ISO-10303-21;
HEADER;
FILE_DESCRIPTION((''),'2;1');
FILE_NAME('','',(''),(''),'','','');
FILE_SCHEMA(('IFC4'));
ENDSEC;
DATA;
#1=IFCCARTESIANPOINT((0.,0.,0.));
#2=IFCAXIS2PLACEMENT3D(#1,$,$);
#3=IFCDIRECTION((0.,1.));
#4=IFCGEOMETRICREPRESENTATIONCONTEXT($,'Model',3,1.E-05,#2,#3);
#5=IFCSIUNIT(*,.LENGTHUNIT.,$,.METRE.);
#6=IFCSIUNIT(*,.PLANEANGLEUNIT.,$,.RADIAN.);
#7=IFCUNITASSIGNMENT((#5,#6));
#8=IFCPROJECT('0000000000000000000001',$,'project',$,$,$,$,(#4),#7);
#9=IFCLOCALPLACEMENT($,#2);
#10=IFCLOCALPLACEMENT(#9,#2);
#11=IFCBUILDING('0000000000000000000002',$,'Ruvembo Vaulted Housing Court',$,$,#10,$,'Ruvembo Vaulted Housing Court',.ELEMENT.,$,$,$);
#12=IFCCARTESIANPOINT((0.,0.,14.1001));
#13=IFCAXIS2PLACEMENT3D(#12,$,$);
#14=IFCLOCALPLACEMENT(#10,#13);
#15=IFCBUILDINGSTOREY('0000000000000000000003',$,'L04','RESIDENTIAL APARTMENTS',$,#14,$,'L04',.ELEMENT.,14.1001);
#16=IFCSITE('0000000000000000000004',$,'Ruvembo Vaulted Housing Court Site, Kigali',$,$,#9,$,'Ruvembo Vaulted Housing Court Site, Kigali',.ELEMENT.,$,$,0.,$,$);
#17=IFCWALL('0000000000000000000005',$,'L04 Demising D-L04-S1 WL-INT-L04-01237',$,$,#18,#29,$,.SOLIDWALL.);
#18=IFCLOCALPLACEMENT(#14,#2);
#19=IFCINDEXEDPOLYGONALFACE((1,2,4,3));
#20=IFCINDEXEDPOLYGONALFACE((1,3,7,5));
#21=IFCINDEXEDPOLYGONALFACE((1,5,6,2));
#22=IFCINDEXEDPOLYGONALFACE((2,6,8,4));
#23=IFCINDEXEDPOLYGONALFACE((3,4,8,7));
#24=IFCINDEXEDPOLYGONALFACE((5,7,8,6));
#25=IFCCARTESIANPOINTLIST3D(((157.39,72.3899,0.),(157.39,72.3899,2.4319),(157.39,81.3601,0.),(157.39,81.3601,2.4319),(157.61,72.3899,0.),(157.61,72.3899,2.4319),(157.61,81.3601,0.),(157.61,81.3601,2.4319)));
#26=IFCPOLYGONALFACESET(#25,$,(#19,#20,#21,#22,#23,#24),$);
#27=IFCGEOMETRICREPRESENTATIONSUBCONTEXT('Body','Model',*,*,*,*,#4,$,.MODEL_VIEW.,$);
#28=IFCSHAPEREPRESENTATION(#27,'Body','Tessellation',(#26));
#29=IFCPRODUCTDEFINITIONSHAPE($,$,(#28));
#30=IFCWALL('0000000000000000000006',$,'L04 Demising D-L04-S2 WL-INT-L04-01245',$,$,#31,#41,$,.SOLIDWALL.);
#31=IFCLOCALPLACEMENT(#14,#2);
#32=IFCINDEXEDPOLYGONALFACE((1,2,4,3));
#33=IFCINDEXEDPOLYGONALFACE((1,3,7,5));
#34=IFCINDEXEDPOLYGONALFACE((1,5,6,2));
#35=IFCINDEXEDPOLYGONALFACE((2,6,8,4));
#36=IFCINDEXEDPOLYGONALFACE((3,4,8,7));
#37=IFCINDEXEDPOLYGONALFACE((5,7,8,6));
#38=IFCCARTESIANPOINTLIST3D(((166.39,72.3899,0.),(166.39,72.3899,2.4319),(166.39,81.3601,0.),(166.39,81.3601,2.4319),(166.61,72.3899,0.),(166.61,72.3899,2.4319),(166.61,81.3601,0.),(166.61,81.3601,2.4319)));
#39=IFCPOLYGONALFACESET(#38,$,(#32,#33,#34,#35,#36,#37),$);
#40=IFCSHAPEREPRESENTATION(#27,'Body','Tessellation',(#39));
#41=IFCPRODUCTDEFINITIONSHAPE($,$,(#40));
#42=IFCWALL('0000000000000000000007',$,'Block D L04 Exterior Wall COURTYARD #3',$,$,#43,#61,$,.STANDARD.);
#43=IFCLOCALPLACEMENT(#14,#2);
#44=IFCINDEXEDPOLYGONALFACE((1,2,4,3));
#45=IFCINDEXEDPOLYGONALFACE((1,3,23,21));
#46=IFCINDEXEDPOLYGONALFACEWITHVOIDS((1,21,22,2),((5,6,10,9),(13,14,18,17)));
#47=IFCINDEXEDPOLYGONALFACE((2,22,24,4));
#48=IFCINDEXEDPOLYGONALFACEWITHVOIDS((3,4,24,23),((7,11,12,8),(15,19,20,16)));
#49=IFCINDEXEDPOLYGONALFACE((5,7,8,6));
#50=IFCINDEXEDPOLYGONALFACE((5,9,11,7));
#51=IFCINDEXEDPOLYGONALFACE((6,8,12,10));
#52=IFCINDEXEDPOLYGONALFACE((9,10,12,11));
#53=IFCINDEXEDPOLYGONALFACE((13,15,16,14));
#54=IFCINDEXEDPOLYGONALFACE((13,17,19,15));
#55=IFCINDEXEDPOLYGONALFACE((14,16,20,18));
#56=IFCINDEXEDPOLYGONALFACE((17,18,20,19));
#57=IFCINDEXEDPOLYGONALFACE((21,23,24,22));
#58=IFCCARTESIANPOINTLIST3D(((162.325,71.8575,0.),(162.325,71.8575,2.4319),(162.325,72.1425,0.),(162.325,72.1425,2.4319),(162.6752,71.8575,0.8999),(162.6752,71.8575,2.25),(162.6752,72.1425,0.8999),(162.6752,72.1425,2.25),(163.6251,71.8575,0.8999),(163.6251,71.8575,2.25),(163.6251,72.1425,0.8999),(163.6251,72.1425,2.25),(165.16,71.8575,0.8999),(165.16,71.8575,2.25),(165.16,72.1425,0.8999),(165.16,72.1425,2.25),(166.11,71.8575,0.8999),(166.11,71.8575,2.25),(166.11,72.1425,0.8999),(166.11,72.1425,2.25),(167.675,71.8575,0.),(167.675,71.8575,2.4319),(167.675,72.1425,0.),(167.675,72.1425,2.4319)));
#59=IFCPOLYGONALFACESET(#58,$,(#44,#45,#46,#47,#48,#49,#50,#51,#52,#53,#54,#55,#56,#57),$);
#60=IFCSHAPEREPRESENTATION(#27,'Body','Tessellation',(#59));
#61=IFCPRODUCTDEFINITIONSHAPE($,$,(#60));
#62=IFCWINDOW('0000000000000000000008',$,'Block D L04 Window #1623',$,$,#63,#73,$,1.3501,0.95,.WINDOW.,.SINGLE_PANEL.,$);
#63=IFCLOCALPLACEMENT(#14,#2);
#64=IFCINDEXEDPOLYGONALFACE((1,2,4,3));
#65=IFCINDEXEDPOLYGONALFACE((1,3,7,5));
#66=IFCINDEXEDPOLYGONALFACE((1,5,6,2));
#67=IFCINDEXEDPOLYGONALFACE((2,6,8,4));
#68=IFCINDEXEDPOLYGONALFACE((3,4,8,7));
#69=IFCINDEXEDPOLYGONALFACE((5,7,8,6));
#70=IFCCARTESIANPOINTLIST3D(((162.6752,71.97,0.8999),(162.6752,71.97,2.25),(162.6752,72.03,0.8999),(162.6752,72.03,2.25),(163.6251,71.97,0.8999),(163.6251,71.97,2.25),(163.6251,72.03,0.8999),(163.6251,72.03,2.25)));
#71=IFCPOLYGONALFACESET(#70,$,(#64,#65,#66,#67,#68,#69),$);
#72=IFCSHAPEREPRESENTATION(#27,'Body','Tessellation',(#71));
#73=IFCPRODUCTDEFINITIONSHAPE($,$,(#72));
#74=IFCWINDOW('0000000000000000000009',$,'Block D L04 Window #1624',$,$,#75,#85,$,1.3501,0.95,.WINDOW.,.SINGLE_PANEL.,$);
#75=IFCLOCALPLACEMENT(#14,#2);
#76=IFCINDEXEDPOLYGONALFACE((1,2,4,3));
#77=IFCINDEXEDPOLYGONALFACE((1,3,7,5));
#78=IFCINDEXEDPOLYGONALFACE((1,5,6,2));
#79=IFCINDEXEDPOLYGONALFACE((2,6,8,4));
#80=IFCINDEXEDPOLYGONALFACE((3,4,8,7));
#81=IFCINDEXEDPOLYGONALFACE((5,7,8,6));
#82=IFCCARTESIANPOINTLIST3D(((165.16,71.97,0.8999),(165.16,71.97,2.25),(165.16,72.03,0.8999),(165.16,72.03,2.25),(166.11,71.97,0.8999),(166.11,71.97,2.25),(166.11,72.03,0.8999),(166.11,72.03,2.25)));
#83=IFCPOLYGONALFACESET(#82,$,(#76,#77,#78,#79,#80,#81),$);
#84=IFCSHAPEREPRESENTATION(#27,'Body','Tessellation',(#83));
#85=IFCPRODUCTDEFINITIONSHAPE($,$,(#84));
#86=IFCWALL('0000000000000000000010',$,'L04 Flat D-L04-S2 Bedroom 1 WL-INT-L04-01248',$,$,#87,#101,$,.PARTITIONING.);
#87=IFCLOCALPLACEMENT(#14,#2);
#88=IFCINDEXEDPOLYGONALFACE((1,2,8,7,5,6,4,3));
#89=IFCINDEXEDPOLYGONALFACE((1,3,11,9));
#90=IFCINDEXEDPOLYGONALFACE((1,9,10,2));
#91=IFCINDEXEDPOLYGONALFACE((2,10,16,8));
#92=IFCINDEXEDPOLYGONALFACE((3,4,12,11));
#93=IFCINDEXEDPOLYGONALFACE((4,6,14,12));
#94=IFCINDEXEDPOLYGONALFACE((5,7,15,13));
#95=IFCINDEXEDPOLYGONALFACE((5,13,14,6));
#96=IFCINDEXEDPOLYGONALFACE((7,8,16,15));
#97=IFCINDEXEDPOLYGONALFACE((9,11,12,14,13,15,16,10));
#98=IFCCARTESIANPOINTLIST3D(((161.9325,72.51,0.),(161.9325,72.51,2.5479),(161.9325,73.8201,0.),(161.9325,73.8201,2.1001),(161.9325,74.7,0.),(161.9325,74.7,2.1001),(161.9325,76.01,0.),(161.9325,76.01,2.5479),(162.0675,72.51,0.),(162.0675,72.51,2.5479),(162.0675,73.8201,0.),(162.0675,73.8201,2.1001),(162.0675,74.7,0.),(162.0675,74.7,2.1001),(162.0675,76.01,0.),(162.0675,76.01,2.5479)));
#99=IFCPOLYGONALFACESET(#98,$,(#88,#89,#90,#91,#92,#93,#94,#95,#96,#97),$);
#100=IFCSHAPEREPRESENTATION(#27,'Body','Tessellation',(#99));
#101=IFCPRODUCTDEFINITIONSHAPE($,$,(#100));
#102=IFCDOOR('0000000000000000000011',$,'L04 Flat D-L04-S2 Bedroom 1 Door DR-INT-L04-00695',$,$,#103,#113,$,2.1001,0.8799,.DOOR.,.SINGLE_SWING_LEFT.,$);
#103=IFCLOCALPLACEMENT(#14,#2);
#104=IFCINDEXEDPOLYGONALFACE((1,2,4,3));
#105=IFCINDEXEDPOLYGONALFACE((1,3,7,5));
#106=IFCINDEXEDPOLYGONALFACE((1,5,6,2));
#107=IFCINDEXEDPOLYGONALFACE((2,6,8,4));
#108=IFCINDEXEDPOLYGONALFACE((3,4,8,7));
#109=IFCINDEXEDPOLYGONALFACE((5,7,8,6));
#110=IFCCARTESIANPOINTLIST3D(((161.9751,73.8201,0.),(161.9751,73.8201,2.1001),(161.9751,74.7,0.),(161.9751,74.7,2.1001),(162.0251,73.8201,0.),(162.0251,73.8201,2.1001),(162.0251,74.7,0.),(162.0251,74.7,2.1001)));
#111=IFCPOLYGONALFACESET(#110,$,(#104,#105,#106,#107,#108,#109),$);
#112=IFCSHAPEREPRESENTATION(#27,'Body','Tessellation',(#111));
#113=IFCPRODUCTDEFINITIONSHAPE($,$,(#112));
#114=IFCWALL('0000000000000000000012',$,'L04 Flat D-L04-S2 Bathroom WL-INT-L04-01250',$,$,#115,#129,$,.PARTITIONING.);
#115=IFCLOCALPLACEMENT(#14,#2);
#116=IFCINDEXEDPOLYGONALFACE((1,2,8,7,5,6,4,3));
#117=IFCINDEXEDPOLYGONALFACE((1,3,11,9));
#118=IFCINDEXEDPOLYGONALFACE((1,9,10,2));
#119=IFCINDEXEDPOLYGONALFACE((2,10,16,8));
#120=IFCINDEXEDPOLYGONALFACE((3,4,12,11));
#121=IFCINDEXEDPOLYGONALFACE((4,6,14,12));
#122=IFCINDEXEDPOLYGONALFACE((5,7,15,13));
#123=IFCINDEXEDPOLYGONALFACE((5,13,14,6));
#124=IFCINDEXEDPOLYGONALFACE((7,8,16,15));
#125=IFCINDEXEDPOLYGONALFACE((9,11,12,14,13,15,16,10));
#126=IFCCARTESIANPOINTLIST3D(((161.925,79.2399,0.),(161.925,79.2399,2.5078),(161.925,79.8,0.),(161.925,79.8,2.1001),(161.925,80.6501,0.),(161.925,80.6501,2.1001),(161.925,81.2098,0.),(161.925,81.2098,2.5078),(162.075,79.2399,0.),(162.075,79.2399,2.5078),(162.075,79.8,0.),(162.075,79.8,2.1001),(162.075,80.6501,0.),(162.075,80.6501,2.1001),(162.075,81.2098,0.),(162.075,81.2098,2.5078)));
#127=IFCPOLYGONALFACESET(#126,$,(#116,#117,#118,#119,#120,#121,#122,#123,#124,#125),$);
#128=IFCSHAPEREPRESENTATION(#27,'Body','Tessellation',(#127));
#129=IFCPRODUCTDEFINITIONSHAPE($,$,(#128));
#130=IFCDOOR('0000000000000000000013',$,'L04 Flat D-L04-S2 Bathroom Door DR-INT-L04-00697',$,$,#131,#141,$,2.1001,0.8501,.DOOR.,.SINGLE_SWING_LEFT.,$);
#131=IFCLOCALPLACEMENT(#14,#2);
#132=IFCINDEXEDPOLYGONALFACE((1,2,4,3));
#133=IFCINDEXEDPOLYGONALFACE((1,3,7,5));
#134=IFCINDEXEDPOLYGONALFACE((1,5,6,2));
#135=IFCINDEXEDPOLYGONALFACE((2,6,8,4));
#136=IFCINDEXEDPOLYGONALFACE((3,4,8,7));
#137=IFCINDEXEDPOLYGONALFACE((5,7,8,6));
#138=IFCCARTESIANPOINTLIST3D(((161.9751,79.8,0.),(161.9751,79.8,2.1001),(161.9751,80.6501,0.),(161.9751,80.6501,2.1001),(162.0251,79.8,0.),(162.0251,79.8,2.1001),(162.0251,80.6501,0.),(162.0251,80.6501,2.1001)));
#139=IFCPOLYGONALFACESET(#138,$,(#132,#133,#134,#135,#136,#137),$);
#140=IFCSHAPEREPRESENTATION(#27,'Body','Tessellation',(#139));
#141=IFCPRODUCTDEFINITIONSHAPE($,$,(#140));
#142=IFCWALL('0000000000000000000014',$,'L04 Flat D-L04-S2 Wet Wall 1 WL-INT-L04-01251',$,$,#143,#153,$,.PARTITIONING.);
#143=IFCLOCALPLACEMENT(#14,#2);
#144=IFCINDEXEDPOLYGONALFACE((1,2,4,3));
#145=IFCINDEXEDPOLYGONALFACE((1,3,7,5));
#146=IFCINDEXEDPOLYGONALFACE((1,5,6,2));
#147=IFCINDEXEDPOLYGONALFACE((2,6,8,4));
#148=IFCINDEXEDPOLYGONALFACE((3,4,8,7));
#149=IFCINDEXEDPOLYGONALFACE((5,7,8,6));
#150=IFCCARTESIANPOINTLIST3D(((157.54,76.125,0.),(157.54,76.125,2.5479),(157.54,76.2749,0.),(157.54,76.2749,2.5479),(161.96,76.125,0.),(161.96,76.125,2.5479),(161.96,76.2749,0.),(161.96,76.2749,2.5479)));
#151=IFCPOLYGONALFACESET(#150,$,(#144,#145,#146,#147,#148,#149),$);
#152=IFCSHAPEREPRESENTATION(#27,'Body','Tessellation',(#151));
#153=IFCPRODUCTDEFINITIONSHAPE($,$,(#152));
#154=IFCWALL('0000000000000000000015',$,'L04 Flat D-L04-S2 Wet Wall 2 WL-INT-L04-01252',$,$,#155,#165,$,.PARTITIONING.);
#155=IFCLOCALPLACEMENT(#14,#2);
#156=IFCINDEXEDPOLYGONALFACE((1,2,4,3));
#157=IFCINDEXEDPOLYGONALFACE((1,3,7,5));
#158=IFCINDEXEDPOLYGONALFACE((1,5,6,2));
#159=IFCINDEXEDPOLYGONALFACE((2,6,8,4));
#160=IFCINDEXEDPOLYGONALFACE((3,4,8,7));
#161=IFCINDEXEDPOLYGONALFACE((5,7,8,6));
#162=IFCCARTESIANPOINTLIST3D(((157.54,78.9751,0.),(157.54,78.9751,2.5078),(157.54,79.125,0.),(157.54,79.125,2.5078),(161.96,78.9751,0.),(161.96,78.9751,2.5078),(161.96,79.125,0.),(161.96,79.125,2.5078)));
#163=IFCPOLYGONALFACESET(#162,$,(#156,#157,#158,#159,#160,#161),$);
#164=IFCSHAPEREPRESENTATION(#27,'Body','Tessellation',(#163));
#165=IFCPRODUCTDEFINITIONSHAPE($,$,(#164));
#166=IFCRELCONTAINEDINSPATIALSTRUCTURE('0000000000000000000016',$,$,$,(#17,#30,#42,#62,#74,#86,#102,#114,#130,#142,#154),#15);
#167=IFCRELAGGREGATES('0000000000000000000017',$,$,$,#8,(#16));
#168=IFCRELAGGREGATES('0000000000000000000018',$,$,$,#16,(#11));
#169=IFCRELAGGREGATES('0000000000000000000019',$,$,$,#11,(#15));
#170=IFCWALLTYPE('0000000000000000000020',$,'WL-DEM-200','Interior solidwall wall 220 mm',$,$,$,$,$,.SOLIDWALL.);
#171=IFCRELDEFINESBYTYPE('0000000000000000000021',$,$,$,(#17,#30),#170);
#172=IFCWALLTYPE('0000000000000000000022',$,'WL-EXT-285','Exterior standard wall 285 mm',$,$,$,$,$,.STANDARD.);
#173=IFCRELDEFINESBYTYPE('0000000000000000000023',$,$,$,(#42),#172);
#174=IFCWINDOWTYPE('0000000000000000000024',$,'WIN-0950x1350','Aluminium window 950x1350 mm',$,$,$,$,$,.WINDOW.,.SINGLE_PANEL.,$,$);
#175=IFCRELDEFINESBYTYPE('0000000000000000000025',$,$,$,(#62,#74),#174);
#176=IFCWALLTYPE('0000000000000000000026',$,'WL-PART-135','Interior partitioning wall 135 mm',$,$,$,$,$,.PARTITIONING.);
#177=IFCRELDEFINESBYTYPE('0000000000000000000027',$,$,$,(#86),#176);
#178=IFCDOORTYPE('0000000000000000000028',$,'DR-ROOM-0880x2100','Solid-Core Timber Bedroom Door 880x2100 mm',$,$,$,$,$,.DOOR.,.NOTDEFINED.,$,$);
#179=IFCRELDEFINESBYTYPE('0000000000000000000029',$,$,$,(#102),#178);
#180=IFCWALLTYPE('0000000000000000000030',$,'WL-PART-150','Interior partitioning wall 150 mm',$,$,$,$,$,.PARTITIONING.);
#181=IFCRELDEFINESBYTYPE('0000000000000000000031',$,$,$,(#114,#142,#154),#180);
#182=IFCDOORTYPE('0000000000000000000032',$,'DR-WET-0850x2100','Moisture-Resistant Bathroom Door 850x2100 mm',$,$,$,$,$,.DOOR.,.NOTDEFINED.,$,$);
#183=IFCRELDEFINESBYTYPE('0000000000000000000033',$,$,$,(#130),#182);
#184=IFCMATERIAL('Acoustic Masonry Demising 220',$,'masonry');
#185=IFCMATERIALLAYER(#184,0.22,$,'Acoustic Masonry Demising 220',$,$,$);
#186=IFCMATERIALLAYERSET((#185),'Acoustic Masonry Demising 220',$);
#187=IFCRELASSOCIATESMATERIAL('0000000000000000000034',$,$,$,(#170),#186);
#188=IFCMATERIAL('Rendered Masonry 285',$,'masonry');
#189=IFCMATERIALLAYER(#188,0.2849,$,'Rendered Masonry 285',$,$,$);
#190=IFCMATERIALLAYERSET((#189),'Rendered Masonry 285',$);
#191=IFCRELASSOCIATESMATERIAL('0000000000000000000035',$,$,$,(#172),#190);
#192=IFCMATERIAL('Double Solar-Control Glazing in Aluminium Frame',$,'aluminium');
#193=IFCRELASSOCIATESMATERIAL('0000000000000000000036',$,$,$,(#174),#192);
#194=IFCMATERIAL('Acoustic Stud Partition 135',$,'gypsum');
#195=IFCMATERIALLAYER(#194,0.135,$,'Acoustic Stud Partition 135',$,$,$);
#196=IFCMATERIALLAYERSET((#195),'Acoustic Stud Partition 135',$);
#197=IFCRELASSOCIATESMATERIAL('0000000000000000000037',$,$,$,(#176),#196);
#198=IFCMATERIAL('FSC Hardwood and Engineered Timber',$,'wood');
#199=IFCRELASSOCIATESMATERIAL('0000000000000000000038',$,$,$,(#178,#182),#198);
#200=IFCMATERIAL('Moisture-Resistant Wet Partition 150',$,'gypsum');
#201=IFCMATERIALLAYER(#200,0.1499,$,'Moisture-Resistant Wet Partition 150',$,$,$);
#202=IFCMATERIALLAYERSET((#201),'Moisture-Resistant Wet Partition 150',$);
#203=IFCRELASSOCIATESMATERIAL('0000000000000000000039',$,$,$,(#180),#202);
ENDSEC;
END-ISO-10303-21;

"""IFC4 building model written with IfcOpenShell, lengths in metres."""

from ifc_helpers import new_model, si_unit, direction, frame, frame_2d, origin, place, context, subcontext, project, spatial, rectangle, extrude, material, layer, layer_set, type_object, element, fill, save


model = new_model("IFC4")

# Units and contexts
model_context = context("Model", 3, precision=1e-05, world=origin(), true_north=direction((0.0, 1.0)))
body_context = subcontext(model_context, "Body", "Model", "MODEL_VIEW")
ifc_project = project(units=[si_unit("LENGTHUNIT", "METRE"), si_unit("PLANEANGLEUNIT", "RADIAN")], contexts=[model_context])

# Site, building, storey
site_placement = place(None, origin())
site = spatial("IfcSite", under=ifc_project, at=site_placement, Name="Ruvembo Vaulted Housing Court Site, Kigali", LongName="Ruvembo Vaulted Housing Court Site, Kigali", CompositionType="ELEMENT", RefElevation=0.0)
building_placement = place(site_placement, origin())
building = spatial("IfcBuilding", under=site, at=building_placement, Name="Ruvembo Vaulted Housing Court", LongName="Ruvembo Vaulted Housing Court", CompositionType="ELEMENT")
storey_placement = place(building_placement, frame((0.0, 0.0, 14.1001)))
storey = spatial("IfcBuildingStorey", under=building, at=storey_placement, Name="L04", Description="RESIDENTIAL APARTMENTS", LongName="L04", CompositionType="ELEMENT", Elevation=14.1001)

# Shared definitions
ifc_material_1 = material(Name="FSC Hardwood and Engineered Timber", Category="wood")

# Walls
ifc_material_2 = material(Name="Acoustic Masonry Demising 220", Category="masonry")
ifc_layer_1 = layer(ifc_material_2, 0.22, Name="Acoustic Masonry Demising 220")
ifc_layer_set_1 = layer_set([ifc_layer_1], Name="Acoustic Masonry Demising 220")
wall_type_1 = type_object("IfcWallType", Name="WL-DEM-200", Description="Interior solidwall wall 220 mm", PredefinedType="SOLIDWALL", material=ifc_layer_set_1)
for number, where, z_axis, x_axis, name in (
    (1, (157.5, 72.3899, 0.0), (0.0, 0.0, 1.0), (0.0, 1.0, 0.0), "L04 Demising D-L04-S1 WL-INT-L04-01237"),
    (2, (166.5, 72.3899, 0.0), (0.0, 0.0, 1.0), (0.0, 1.0, 0.0), "L04 Demising D-L04-S2 WL-INT-L04-01245"),
):
    element("IfcWall", number, at=place(storey_placement, frame(where, z_axis=z_axis, x_axis=x_axis)), inside=storey, type_object=wall_type_1, Name=name, PredefinedType="SOLIDWALL", context=body_context, shape_type="SweptSolid", body=[
        extrude(rectangle(XDim=8.9702, YDim=0.22, at=frame_2d((4.4851, 0.0))), origin(), (0.0, 0.0, 1.0), 2.4319),
    ])

# Wall, openings, windows
ifc_material_3 = material(Name="Rendered Masonry 285", Category="masonry")
ifc_layer_2 = layer(ifc_material_3, 0.2849, Name="Rendered Masonry 285")
ifc_layer_set_2 = layer_set([ifc_layer_2], Name="Rendered Masonry 285")
wall_type_2 = type_object("IfcWallType", Name="WL-EXT-285", Description="Exterior standard wall 285 mm", PredefinedType="STANDARD", material=ifc_layer_set_2)
wall_1_placement = place(storey_placement, frame((162.325, 72.0, 0.0), z_axis=(0.0, 0.0, 1.0), x_axis=(1.0, 0.0, 0.0)))
wall_1 = element("IfcWall", 3, at=wall_1_placement, inside=storey, type_object=wall_type_2, Name="Block D L04 Exterior Wall COURTYARD #3", PredefinedType="STANDARD", context=body_context, shape_type="SweptSolid", body=[
    extrude(rectangle(XDim=5.3501, YDim=0.2849, at=frame_2d((2.675, 0.0))), origin(), (0.0, 0.0, 1.0), 2.4319),
])
opening_1_placement = place(wall_1_placement, frame((0.3501, 0.0, 0.8999)))
opening_1 = element("IfcOpeningElement", 4, at=opening_1_placement, cuts=wall_1, PredefinedType="OPENING", context=body_context, shape_type="SweptSolid", body=[
    extrude(rectangle(XDim=0.95, YDim=1.3501, at=frame_2d((0.4751, 0.675))), frame((0.0, 0.1523, 0.0), z_axis=(0.0, -1.0, 0.0), x_axis=(1.0, 0.0, 0.0)), (0.0, 0.0, 1.0), 0.3049),
])
opening_2_placement = place(wall_1_placement, frame((2.835, 0.0, 0.8999)))
opening_2 = element("IfcOpeningElement", 5, at=opening_2_placement, cuts=wall_1, PredefinedType="OPENING", context=body_context, shape_type="SweptSolid", body=[
    extrude(rectangle(XDim=0.95, YDim=1.3501, at=frame_2d((0.4751, 0.675))), frame((0.0, 0.1523, 0.0), z_axis=(0.0, -1.0, 0.0), x_axis=(1.0, 0.0, 0.0)), (0.0, 0.0, 1.0), 0.3049),
])
ifc_material_4 = material(Name="Double Solar-Control Glazing in Aluminium Frame", Category="aluminium")
window_type = type_object("IfcWindowType", Name="WIN-0950x1350", Description="Aluminium window 950x1350 mm", PartitioningType="SINGLE_PANEL", PredefinedType="WINDOW", material=ifc_material_4)
window_1_placement = place(opening_1_placement, origin())
window_1 = element("IfcWindow", 6, at=window_1_placement, inside=storey, type_object=window_type, Name="Block D L04 Window #1623", OverallHeight=1.3501, OverallWidth=0.95, PartitioningType="SINGLE_PANEL", PredefinedType="WINDOW", context=body_context, shape_type="SweptSolid", body=[
    extrude(rectangle(XDim=0.95, YDim=1.3501, at=frame_2d((0.4751, 0.675))), frame((0.0, 0.03, 0.0), z_axis=(0.0, -1.0, 0.0), x_axis=(1.0, 0.0, 0.0)), (0.0, 0.0, 1.0), 0.0601),
])
fill(opening_1, window_1)
window_2_placement = place(opening_2_placement, origin())
window_2 = element("IfcWindow", 7, at=window_2_placement, inside=storey, type_object=window_type, Name="Block D L04 Window #1624", OverallHeight=1.3501, OverallWidth=0.95, PartitioningType="SINGLE_PANEL", PredefinedType="WINDOW", context=body_context, shape_type="SweptSolid", body=[
    extrude(rectangle(XDim=0.95, YDim=1.3501, at=frame_2d((0.4751, 0.675))), frame((0.0, 0.03, 0.0), z_axis=(0.0, -1.0, 0.0), x_axis=(1.0, 0.0, 0.0)), (0.0, 0.0, 1.0), 0.0601),
])
fill(opening_2, window_2)

# Walls, openings, doors
ifc_material_5 = material(Name="Acoustic Stud Partition 135", Category="gypsum")
ifc_layer_3 = layer(ifc_material_5, 0.135, Name="Acoustic Stud Partition 135")
ifc_layer_set_3 = layer_set([ifc_layer_3], Name="Acoustic Stud Partition 135")
wall_type_3 = type_object("IfcWallType", Name="WL-PART-135", Description="Interior partitioning wall 135 mm", PredefinedType="PARTITIONING", material=ifc_layer_set_3)
wall_2_placement = place(storey_placement, frame((162.0, 72.51, 0.0), z_axis=(0.0, 0.0, 1.0), x_axis=(0.0, 1.0, 0.0)))
wall_2 = element("IfcWall", 8, at=wall_2_placement, inside=storey, type_object=wall_type_3, Name="L04 Flat D-L04-S2 Bedroom 1 WL-INT-L04-01248", PredefinedType="PARTITIONING", context=body_context, shape_type="SweptSolid", body=[
    extrude(rectangle(XDim=3.5, YDim=0.135, at=frame_2d((1.75, 0.0))), origin(), (0.0, 0.0, 1.0), 2.5479),
])
opening_3_placement = place(wall_2_placement, frame((1.3101, 0.0, 0.0)))
opening_3 = element("IfcOpeningElement", 9, at=opening_3_placement, cuts=wall_2, PredefinedType="OPENING", context=body_context, shape_type="SweptSolid", body=[
    extrude(rectangle(XDim=0.8799, YDim=2.1001, at=frame_2d((0.4399, 1.05))), frame((0.0, 0.0774, 0.0), z_axis=(0.0, -1.0, 0.0), x_axis=(1.0, 0.0, 0.0)), (0.0, 0.0, 1.0), 0.155),
])
door_type_1 = type_object("IfcDoorType", Name="DR-ROOM-0880x2100", Description="Solid-Core Timber Bedroom Door 880x2100 mm", OperationType="NOTDEFINED", PredefinedType="DOOR", material=ifc_material_1)
door_1_placement = place(opening_3_placement, origin())
door_1 = element("IfcDoor", 10, at=door_1_placement, inside=storey, type_object=door_type_1, Name="L04 Flat D-L04-S2 Bedroom 1 Door DR-INT-L04-00695", OperationType="SINGLE_SWING_LEFT", OverallHeight=2.1001, OverallWidth=0.8799, PredefinedType="DOOR", context=body_context, shape_type="SweptSolid", body=[
    extrude(rectangle(XDim=0.8799, YDim=2.1001, at=frame_2d((0.4399, 1.05))), frame((0.0, 0.0249, 0.0), z_axis=(0.0, -1.0, 0.0), x_axis=(1.0, 0.0, 0.0)), (0.0, 0.0, 1.0), 0.05),
])
fill(opening_3, door_1)
ifc_material_6 = material(Name="Moisture-Resistant Wet Partition 150", Category="gypsum")
ifc_layer_4 = layer(ifc_material_6, 0.1499, Name="Moisture-Resistant Wet Partition 150")
ifc_layer_set_4 = layer_set([ifc_layer_4], Name="Moisture-Resistant Wet Partition 150")
wall_type_4 = type_object("IfcWallType", Name="WL-PART-150", Description="Interior partitioning wall 150 mm", PredefinedType="PARTITIONING", material=ifc_layer_set_4)
wall_3_placement = place(storey_placement, frame((162.0, 79.24, 0.0), z_axis=(0.0, 0.0, 1.0), x_axis=(0.0, 1.0, 0.0)))
wall_3 = element("IfcWall", 11, at=wall_3_placement, inside=storey, type_object=wall_type_4, Name="L04 Flat D-L04-S2 Bathroom WL-INT-L04-01250", PredefinedType="PARTITIONING", context=body_context, shape_type="SweptSolid", body=[
    extrude(rectangle(XDim=1.97, YDim=0.1499, at=frame_2d((0.9849, 0.0))), origin(), (0.0, 0.0, 1.0), 2.5078),
])
opening_4_placement = place(wall_3_placement, frame((0.5601, 0.0, 0.0)))
opening_4 = element("IfcOpeningElement", 12, at=opening_4_placement, cuts=wall_3, PredefinedType="OPENING", context=body_context, shape_type="SweptSolid", body=[
    extrude(rectangle(XDim=0.8501, YDim=2.1001, at=frame_2d((0.425, 1.05))), frame((0.0, 0.085, 0.0), z_axis=(0.0, -1.0, 0.0), x_axis=(1.0, 0.0, 0.0)), (0.0, 0.0, 1.0), 0.1699),
])
door_type_2 = type_object("IfcDoorType", Name="DR-WET-0850x2100", Description="Moisture-Resistant Bathroom Door 850x2100 mm", OperationType="NOTDEFINED", PredefinedType="DOOR", material=ifc_material_1)
door_2_placement = place(opening_4_placement, origin())
door_2 = element("IfcDoor", 13, at=door_2_placement, inside=storey, type_object=door_type_2, Name="L04 Flat D-L04-S2 Bathroom Door DR-INT-L04-00697", OperationType="SINGLE_SWING_LEFT", OverallHeight=2.1001, OverallWidth=0.8501, PredefinedType="DOOR", context=body_context, shape_type="SweptSolid", body=[
    extrude(rectangle(XDim=0.8501, YDim=2.1001, at=frame_2d((0.425, 1.05))), frame((0.0, 0.0249, 0.0), z_axis=(0.0, -1.0, 0.0), x_axis=(1.0, 0.0, 0.0)), (0.0, 0.0, 1.0), 0.05),
])
fill(opening_4, door_2)

# Walls
wall_4_placement = place(storey_placement, frame((157.54, 76.2, 0.0), z_axis=(0.0, 0.0, 1.0), x_axis=(1.0, 0.0, 0.0)))
element("IfcWall", 14, at=wall_4_placement, inside=storey, type_object=wall_type_4, Name="L04 Flat D-L04-S2 Wet Wall 1 WL-INT-L04-01251", PredefinedType="PARTITIONING", context=body_context, shape_type="SweptSolid", body=[
    extrude(rectangle(XDim=4.4199, YDim=0.1499, at=frame_2d((2.21, 0.0))), origin(), (0.0, 0.0, 1.0), 2.5479),
])
wall_5_placement = place(storey_placement, frame((157.54, 79.05, 0.0), z_axis=(0.0, 0.0, 1.0), x_axis=(1.0, 0.0, 0.0)))
element("IfcWall", 15, at=wall_5_placement, inside=storey, type_object=wall_type_4, Name="L04 Flat D-L04-S2 Wet Wall 2 WL-INT-L04-01252", PredefinedType="PARTITIONING", context=body_context, shape_type="SweptSolid", body=[
    extrude(rectangle(XDim=4.4199, YDim=0.1499, at=frame_2d((2.21, 0.0))), origin(), (0.0, 0.0, 1.0), 2.5078),
])

save(model, "model.ifc")
